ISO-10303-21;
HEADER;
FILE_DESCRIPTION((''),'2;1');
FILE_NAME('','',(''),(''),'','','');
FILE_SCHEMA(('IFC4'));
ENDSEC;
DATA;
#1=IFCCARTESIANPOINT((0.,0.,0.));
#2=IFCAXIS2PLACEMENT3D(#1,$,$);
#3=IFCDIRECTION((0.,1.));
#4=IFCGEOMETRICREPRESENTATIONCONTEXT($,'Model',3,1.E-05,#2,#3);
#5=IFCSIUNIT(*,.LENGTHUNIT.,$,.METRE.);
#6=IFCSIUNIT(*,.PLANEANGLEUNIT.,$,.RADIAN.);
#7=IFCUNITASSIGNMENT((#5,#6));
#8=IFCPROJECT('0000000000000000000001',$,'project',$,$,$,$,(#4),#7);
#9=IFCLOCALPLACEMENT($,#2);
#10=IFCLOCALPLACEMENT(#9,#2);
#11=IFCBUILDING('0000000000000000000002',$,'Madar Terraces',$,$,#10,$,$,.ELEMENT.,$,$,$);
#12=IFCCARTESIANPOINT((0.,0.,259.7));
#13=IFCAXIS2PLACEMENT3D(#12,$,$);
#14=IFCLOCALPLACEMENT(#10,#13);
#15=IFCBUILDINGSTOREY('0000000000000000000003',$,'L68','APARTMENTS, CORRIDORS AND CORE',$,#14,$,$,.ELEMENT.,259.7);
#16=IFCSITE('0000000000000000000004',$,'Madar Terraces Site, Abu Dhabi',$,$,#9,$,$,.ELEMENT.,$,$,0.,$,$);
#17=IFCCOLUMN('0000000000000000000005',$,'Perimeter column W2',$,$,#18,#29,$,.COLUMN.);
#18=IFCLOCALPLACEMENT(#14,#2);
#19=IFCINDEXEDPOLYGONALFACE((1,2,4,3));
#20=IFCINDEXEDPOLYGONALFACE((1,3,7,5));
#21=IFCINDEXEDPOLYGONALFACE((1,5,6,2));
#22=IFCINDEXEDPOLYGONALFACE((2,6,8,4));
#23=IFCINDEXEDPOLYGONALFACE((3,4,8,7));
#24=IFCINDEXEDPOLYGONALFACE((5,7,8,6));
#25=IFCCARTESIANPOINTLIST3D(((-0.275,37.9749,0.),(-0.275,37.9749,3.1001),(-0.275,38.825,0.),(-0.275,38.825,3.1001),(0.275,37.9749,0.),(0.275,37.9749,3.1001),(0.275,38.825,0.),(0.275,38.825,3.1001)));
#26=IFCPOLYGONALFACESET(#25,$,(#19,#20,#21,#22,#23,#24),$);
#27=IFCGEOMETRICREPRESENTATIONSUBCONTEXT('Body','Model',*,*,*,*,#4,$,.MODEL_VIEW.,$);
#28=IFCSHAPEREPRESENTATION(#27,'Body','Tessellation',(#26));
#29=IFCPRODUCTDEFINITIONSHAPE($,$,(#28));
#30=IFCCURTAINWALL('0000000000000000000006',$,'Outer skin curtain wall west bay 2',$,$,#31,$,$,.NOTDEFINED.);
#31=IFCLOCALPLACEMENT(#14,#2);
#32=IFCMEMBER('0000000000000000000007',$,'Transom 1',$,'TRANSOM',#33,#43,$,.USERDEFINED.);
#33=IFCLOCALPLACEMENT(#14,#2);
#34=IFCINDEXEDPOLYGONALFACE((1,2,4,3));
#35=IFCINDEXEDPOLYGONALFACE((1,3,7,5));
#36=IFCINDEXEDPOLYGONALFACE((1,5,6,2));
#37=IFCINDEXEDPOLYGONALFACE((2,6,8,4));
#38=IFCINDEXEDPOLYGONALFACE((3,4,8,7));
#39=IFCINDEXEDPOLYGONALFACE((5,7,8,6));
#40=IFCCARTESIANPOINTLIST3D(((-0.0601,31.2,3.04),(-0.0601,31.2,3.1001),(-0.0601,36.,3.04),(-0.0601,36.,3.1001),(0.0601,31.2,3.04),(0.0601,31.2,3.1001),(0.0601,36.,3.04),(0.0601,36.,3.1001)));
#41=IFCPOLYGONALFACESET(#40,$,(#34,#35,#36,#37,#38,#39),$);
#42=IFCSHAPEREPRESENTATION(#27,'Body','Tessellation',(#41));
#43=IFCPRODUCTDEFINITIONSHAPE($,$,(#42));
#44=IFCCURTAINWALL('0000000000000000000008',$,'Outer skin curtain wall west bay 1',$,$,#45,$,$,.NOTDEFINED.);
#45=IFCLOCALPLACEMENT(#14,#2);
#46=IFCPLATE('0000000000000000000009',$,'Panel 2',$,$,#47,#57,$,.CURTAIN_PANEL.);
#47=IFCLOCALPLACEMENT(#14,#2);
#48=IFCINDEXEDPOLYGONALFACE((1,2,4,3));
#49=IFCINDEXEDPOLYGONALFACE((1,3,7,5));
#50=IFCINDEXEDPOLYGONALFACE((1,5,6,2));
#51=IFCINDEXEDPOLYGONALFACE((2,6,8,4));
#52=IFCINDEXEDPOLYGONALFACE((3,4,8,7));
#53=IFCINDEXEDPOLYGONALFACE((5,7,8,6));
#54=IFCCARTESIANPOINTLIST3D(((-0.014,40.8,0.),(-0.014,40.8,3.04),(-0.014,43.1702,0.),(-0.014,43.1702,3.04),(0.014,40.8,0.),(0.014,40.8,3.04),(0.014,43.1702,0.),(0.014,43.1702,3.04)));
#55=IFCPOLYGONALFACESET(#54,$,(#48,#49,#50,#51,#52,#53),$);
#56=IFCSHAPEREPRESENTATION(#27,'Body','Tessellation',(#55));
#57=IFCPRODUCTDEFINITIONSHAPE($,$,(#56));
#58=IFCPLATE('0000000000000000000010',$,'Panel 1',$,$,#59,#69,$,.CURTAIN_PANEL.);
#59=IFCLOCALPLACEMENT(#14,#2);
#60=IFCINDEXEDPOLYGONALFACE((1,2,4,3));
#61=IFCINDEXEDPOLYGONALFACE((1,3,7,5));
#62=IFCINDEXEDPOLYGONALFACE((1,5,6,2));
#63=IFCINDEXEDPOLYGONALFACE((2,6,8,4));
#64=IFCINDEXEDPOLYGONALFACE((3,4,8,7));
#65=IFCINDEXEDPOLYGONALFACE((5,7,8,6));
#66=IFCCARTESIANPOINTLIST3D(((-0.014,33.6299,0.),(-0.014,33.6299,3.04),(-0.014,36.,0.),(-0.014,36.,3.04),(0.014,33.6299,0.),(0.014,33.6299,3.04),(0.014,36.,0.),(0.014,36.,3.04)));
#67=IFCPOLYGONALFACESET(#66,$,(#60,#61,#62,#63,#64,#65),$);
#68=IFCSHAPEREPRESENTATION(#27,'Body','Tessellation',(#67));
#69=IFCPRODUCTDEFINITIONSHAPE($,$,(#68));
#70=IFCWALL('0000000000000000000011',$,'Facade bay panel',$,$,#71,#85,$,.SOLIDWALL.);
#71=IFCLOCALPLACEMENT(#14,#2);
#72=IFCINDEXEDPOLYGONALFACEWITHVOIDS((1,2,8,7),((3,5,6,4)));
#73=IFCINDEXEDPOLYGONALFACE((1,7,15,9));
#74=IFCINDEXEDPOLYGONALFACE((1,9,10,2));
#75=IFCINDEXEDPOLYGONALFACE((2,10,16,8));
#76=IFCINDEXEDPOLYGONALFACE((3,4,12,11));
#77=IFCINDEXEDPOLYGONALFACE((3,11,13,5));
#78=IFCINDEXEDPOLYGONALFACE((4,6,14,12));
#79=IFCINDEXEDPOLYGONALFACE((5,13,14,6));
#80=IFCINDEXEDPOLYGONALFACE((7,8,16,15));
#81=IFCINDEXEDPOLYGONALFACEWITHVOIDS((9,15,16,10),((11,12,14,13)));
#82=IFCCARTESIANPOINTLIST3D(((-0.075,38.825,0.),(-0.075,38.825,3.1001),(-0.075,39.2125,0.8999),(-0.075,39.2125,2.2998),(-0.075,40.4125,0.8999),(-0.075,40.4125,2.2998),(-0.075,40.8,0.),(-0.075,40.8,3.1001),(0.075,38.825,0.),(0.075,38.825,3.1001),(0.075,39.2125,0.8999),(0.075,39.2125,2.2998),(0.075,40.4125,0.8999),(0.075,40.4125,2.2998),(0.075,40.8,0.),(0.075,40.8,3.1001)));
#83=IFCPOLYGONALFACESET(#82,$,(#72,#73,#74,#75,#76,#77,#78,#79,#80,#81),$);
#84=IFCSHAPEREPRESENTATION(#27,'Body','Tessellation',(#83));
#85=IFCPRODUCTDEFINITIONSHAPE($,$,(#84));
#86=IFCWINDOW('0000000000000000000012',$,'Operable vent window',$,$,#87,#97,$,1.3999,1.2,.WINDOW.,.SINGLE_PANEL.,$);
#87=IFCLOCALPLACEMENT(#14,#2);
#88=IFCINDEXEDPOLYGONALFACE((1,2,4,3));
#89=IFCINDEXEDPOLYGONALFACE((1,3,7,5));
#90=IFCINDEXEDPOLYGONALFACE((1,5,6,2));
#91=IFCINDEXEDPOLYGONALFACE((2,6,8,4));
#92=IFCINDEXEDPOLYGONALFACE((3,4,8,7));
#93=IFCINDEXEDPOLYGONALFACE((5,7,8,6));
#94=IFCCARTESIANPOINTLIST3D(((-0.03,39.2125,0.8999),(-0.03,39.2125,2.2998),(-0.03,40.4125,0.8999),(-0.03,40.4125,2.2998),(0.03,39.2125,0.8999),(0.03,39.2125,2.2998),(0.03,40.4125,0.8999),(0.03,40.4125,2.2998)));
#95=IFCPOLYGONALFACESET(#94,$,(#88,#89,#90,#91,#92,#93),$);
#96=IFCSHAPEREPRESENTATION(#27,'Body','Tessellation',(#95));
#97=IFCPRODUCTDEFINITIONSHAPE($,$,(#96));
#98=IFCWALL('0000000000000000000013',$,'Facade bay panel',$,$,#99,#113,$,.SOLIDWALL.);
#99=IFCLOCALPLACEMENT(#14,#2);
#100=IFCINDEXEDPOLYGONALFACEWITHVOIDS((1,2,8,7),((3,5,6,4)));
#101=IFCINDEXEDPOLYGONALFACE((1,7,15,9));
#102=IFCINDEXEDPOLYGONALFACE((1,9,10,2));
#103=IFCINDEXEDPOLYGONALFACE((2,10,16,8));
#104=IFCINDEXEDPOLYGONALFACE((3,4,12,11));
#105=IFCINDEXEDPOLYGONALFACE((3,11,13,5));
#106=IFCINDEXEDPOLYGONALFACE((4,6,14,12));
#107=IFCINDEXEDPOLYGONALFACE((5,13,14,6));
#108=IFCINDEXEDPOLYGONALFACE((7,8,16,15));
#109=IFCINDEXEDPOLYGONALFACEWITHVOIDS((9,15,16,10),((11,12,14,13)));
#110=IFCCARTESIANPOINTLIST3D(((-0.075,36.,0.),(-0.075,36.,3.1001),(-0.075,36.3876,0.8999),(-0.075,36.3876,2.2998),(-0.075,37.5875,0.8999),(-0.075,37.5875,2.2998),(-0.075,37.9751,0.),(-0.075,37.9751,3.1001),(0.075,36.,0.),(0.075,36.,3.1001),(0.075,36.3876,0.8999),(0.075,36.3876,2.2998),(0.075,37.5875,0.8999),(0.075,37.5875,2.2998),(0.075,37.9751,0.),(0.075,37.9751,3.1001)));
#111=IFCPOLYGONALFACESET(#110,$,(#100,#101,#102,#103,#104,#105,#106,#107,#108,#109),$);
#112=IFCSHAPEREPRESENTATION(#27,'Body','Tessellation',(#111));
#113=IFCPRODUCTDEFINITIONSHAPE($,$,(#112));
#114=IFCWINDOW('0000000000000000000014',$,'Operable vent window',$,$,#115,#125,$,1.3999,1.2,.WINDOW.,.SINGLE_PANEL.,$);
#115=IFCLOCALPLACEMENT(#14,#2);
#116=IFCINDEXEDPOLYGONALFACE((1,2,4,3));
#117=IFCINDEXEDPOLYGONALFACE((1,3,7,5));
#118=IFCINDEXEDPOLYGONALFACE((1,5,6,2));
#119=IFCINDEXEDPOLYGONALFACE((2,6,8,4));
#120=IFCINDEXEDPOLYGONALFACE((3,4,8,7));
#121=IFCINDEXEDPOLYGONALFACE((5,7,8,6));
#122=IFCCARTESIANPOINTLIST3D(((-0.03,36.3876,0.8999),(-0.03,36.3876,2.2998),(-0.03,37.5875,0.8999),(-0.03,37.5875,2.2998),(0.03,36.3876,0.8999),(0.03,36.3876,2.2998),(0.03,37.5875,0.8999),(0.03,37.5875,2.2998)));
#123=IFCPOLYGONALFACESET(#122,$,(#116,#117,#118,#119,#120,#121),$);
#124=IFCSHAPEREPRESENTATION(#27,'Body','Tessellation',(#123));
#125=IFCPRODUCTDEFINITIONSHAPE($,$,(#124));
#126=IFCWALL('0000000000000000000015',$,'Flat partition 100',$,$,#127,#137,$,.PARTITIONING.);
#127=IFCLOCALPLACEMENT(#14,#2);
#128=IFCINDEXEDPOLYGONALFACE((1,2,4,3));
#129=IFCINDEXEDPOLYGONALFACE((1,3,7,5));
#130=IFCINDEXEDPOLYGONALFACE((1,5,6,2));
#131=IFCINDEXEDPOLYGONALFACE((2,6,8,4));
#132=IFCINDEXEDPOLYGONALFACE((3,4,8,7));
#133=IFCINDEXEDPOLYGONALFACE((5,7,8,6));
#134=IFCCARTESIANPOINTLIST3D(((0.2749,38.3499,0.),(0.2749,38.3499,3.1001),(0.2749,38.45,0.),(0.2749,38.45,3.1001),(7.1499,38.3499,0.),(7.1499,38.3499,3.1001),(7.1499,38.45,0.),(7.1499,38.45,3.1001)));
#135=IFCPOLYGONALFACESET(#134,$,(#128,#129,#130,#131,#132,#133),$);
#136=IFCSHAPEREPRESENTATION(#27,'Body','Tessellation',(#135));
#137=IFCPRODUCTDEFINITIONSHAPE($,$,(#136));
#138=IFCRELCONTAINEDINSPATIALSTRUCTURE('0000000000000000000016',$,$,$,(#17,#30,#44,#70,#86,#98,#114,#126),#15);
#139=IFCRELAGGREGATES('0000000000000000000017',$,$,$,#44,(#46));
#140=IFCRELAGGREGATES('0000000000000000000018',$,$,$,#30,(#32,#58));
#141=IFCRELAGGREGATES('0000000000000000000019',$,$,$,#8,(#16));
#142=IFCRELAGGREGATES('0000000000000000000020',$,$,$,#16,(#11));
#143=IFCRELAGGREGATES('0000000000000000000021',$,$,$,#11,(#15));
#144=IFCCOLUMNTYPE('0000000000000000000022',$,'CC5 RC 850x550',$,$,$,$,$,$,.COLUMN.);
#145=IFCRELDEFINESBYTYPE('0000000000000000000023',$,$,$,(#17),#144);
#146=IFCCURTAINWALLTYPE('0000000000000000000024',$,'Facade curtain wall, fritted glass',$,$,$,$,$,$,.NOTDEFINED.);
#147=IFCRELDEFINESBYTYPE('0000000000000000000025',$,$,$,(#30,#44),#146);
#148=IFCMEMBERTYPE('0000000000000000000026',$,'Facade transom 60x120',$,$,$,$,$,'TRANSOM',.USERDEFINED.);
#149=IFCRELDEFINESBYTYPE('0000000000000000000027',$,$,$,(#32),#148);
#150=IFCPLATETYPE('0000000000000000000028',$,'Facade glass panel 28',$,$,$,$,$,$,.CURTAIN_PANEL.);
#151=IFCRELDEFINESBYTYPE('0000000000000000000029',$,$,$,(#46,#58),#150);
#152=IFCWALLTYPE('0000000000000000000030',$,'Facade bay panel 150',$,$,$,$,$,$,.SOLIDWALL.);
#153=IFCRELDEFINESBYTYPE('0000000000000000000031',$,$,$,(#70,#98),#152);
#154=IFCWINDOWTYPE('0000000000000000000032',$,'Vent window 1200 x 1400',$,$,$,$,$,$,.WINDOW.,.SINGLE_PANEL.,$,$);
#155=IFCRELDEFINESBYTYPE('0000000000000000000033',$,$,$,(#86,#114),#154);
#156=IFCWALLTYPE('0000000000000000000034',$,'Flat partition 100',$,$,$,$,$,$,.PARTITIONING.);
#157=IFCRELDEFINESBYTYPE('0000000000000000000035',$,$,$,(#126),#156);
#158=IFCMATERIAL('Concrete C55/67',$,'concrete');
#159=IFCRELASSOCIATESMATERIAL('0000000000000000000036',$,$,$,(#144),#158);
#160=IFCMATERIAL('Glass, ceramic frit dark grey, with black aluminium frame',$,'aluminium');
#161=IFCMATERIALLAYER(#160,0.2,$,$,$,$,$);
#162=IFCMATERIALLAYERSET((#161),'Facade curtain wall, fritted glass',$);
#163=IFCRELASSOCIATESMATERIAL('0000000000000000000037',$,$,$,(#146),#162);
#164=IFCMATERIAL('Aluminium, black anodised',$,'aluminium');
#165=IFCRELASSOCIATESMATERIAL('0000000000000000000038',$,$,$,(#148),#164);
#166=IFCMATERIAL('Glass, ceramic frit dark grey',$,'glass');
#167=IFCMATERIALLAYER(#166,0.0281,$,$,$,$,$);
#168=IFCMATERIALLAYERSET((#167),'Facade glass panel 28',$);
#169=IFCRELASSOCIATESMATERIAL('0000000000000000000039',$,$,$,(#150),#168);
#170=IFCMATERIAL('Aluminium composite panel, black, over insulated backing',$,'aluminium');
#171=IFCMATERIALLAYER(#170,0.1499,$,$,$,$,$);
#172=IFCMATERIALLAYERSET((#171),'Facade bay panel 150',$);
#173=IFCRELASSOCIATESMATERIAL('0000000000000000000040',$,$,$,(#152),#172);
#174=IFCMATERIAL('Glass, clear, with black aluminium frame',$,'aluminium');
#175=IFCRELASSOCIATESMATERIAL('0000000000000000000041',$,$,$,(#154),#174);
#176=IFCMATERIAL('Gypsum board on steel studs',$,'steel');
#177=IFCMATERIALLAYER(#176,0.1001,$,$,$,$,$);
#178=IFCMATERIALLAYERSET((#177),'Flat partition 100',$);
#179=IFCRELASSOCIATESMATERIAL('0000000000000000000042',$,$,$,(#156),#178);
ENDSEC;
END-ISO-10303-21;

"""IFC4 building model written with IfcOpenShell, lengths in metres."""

from ifc_helpers import new_model, si_unit, direction, frame, frame_2d, origin, origin_2d, place, context, subcontext, project, spatial, rectangle, extrude, material, layer, layer_set, material_profile, profile_set, type_object, element, fill, aggregate, save


model = new_model("IFC4")

# Units and contexts
model_context = context("Model", 3, precision=1e-05, world=origin(), true_north=direction((0.0, 1.0)))
body_context = subcontext(model_context, "Body", "Model", "MODEL_VIEW")
ifc_project = project(units=[si_unit("LENGTHUNIT", "METRE"), si_unit("PLANEANGLEUNIT", "RADIAN")], contexts=[model_context])

# Site, building, storey
site_placement = place(None, origin())
site = spatial("IfcSite", under=ifc_project, at=site_placement, Name="Madar Terraces Site, Abu Dhabi", CompositionType="ELEMENT", RefElevation=0.0)
building_placement = place(site_placement, origin())
building = spatial("IfcBuilding", under=site, at=building_placement, Name="Madar Terraces", CompositionType="ELEMENT")
storey_placement = place(building_placement, frame((0.0, 0.0, 259.7)))
storey = spatial("IfcBuildingStorey", under=building, at=storey_placement, Name="L68", Description="APARTMENTS, CORRIDORS AND CORE", CompositionType="ELEMENT", Elevation=259.7)

# Column
ifc_material_1 = material(Name="Concrete C55/67", Category="concrete")
ifc_material_profile_1 = material_profile(ifc_material_1, rectangle(XDim=0.8501, YDim=0.55, at=origin_2d()), Name="CC5 RC 850x550")
ifc_profile_set_1 = profile_set([ifc_material_profile_1], Name="Concrete C55/67")
column_type = type_object("IfcColumnType", Name="CC5 RC 850x550", PredefinedType="COLUMN", material=ifc_profile_set_1)
column_placement = place(storey_placement, frame((0.0, 38.3999, 0.0), z_axis=(0.0, 0.0, 1.0), x_axis=(0.0, 1.0, 0.0)))
element("IfcColumn", 1, at=column_placement, inside=storey, type_object=column_type, Name="Perimeter column W2", PredefinedType="COLUMN", context=body_context, shape_type="SweptSolid", body=[
    extrude(rectangle(XDim=0.8501, YDim=0.55, at=origin_2d()), origin(), (0.0, 0.0, 1.0), 3.1001),
])

# Curtain wall, member
ifc_material_2 = material(Name="Glass, ceramic frit dark grey, with black aluminium frame", Category="aluminium")
ifc_layer_1 = layer(ifc_material_2, 0.2)
ifc_layer_set_1 = layer_set([ifc_layer_1], Name="Facade curtain wall, fritted glass")
curtain_wall_type = type_object("IfcCurtainWallType", Name="Facade curtain wall, fritted glass", PredefinedType="NOTDEFINED", material=ifc_layer_set_1)
curtain_wall_1_placement = place(storey_placement, origin())
curtain_wall_1 = element("IfcCurtainWall", 2, at=curtain_wall_1_placement, inside=storey, type_object=curtain_wall_type, Name="Outer skin curtain wall west bay 2", PredefinedType="NOTDEFINED")
ifc_material_3 = material(Name="Aluminium, black anodised", Category="aluminium")
ifc_material_profile_2 = material_profile(ifc_material_3, rectangle(XDim=0.1201, YDim=0.0601, at=origin_2d()), Name="Facade transom 60x120")
ifc_profile_set_2 = profile_set([ifc_material_profile_2], Name="Aluminium, black anodised")
member_type = type_object("IfcMemberType", Name="Facade transom 60x120", ElementType="TRANSOM", PredefinedType="USERDEFINED", material=ifc_profile_set_2)
member_placement = place(storey_placement, frame((0.0, 36.0, 3.0701), z_axis=(0.0, -1.0, 0.0), x_axis=(1.0, 0.0, 0.0)))
member = element("IfcMember", 3, at=member_placement, type_object=member_type, Name="Transom 1", ObjectType="TRANSOM", PredefinedType="USERDEFINED", context=body_context, shape_type="SweptSolid", body=[
    extrude(rectangle(XDim=0.1201, YDim=0.0601, at=origin_2d()), origin(), (0.0, 0.0, 1.0), 4.8),
])

# Curtain wall, plate
curtain_wall_2_placement = place(storey_placement, origin())
curtain_wall_2 = element("IfcCurtainWall", 4, at=curtain_wall_2_placement, inside=storey, type_object=curtain_wall_type, Name="Outer skin curtain wall west bay 1", PredefinedType="NOTDEFINED")
ifc_material_4 = material(Name="Glass, ceramic frit dark grey", Category="glass")
ifc_layer_2 = layer(ifc_material_4, 0.0281)
ifc_layer_set_2 = layer_set([ifc_layer_2], Name="Facade glass panel 28")
plate_type = type_object("IfcPlateType", Name="Facade glass panel 28", PredefinedType="CURTAIN_PANEL", material=ifc_layer_set_2)
plate_1_placement = place(storey_placement, frame((0.0, 41.9851, 0.0), z_axis=(0.0, 0.0, 1.0), x_axis=(0.0, -1.0, 0.0)))
plate_1 = element("IfcPlate", 5, at=plate_1_placement, type_object=plate_type, Name="Panel 2", PredefinedType="CURTAIN_PANEL", context=body_context, shape_type="SweptSolid", body=[
    extrude(rectangle(XDim=2.3701, YDim=0.0281, at=origin_2d()), origin(), (0.0, 0.0, 1.0), 3.04),
])
aggregate(curtain_wall_2, [plate_1])

# Plate
plate_2_placement = place(storey_placement, frame((0.0, 34.8149, 0.0), z_axis=(0.0, 0.0, 1.0), x_axis=(0.0, -1.0, 0.0)))
plate_2 = element("IfcPlate", 6, at=plate_2_placement, type_object=plate_type, Name="Panel 1", PredefinedType="CURTAIN_PANEL", context=body_context, shape_type="SweptSolid", body=[
    extrude(rectangle(XDim=2.3701, YDim=0.0281, at=origin_2d()), origin(), (0.0, 0.0, 1.0), 3.04),
])
aggregate(curtain_wall_1, [member, plate_2])

# Walls, openings, windows
ifc_material_5 = material(Name="Aluminium composite panel, black, over insulated backing", Category="aluminium")
ifc_layer_3 = layer(ifc_material_5, 0.1499)
ifc_layer_set_3 = layer_set([ifc_layer_3], Name="Facade bay panel 150")
wall_type_1 = type_object("IfcWallType", Name="Facade bay panel 150", PredefinedType="SOLIDWALL", material=ifc_layer_set_3)
wall_1_placement = place(storey_placement, frame((0.0, 40.8, 0.0), z_axis=(0.0, 0.0, 1.0), x_axis=(0.0, -1.0, 0.0)))
wall_1 = element("IfcWall", 7, at=wall_1_placement, inside=storey, type_object=wall_type_1, Name="Facade bay panel", PredefinedType="SOLIDWALL", context=body_context, shape_type="SweptSolid", body=[
    extrude(rectangle(XDim=1.9751, YDim=0.1499, at=frame_2d((0.9875, 0.0))), origin(), (0.0, 0.0, 1.0), 3.1001),
])
opening_1_placement = place(wall_1_placement, frame((0.3875, 0.0, 0.8999)))
opening_1 = element("IfcOpeningElement", 8, at=opening_1_placement, cuts=wall_1, PredefinedType="OPENING", context=body_context, shape_type="SweptSolid", body=[
    extrude(rectangle(XDim=1.2, YDim=1.3999, at=frame_2d((0.6001, 0.7))), frame((0.0, 0.085, 0.0), z_axis=(0.0, -1.0, 0.0), x_axis=(1.0, 0.0, 0.0)), (0.0, 0.0, 1.0), 0.1699),
])
ifc_material_6 = material(Name="Glass, clear, with black aluminium frame", Category="aluminium")
window_type = type_object("IfcWindowType", Name="Vent window 1200 x 1400", PartitioningType="SINGLE_PANEL", PredefinedType="WINDOW", material=ifc_material_6)
window_1_placement = place(opening_1_placement, origin())
window_1 = element("IfcWindow", 9, at=window_1_placement, inside=storey, type_object=window_type, Name="Operable vent window", OverallHeight=1.3999, OverallWidth=1.2, PartitioningType="SINGLE_PANEL", PredefinedType="WINDOW", context=body_context, shape_type="SweptSolid", body=[
    extrude(rectangle(XDim=1.2, YDim=1.3999, at=frame_2d((0.6001, 0.7))), frame((0.0, 0.03, 0.0), z_axis=(0.0, -1.0, 0.0), x_axis=(1.0, 0.0, 0.0)), (0.0, 0.0, 1.0), 0.0601),
])
fill(opening_1, window_1)
wall_2_placement = place(storey_placement, frame((0.0, 37.9751, 0.0), z_axis=(0.0, 0.0, 1.0), x_axis=(0.0, -1.0, 0.0)))
wall_2 = element("IfcWall", 10, at=wall_2_placement, inside=storey, type_object=wall_type_1, Name="Facade bay panel", PredefinedType="SOLIDWALL", context=body_context, shape_type="SweptSolid", body=[
    extrude(rectangle(XDim=1.9751, YDim=0.1499, at=frame_2d((0.9875, 0.0))), origin(), (0.0, 0.0, 1.0), 3.1001),
])
opening_2_placement = place(wall_2_placement, frame((0.3875, 0.0, 0.8999)))
opening_2 = element("IfcOpeningElement", 11, at=opening_2_placement, cuts=wall_2, PredefinedType="OPENING", context=body_context, shape_type="SweptSolid", body=[
    extrude(rectangle(XDim=1.2, YDim=1.3999, at=frame_2d((0.6001, 0.7))), frame((0.0, 0.085, 0.0), z_axis=(0.0, -1.0, 0.0), x_axis=(1.0, 0.0, 0.0)), (0.0, 0.0, 1.0), 0.1699),
])
window_2_placement = place(opening_2_placement, origin())
window_2 = element("IfcWindow", 12, at=window_2_placement, inside=storey, type_object=window_type, Name="Operable vent window", OverallHeight=1.3999, OverallWidth=1.2, PartitioningType="SINGLE_PANEL", PredefinedType="WINDOW", context=body_context, shape_type="SweptSolid", body=[
    extrude(rectangle(XDim=1.2, YDim=1.3999, at=frame_2d((0.6001, 0.7))), frame((0.0, 0.03, 0.0), z_axis=(0.0, -1.0, 0.0), x_axis=(1.0, 0.0, 0.0)), (0.0, 0.0, 1.0), 0.0601),
])
fill(opening_2, window_2)

# Wall
ifc_material_7 = material(Name="Gypsum board on steel studs", Category="steel")
ifc_layer_4 = layer(ifc_material_7, 0.1001)
ifc_layer_set_4 = layer_set([ifc_layer_4], Name="Flat partition 100")
wall_type_2 = type_object("IfcWallType", Name="Flat partition 100", PredefinedType="PARTITIONING", material=ifc_layer_set_4)
wall_3_placement = place(storey_placement, frame((7.1499, 38.3999, 0.0), z_axis=(0.0, 0.0, 1.0), x_axis=(-1.0, 0.0, 0.0)))
element("IfcWall", 13, at=wall_3_placement, inside=storey, type_object=wall_type_2, Name="Flat partition 100", PredefinedType="PARTITIONING", context=body_context, shape_type="SweptSolid", body=[
    extrude(rectangle(XDim=6.875, YDim=0.1001, at=frame_2d((3.4375, 0.0))), origin(), (0.0, 0.0, 1.0), 3.1001),
])

save(model, "model.ifc")
